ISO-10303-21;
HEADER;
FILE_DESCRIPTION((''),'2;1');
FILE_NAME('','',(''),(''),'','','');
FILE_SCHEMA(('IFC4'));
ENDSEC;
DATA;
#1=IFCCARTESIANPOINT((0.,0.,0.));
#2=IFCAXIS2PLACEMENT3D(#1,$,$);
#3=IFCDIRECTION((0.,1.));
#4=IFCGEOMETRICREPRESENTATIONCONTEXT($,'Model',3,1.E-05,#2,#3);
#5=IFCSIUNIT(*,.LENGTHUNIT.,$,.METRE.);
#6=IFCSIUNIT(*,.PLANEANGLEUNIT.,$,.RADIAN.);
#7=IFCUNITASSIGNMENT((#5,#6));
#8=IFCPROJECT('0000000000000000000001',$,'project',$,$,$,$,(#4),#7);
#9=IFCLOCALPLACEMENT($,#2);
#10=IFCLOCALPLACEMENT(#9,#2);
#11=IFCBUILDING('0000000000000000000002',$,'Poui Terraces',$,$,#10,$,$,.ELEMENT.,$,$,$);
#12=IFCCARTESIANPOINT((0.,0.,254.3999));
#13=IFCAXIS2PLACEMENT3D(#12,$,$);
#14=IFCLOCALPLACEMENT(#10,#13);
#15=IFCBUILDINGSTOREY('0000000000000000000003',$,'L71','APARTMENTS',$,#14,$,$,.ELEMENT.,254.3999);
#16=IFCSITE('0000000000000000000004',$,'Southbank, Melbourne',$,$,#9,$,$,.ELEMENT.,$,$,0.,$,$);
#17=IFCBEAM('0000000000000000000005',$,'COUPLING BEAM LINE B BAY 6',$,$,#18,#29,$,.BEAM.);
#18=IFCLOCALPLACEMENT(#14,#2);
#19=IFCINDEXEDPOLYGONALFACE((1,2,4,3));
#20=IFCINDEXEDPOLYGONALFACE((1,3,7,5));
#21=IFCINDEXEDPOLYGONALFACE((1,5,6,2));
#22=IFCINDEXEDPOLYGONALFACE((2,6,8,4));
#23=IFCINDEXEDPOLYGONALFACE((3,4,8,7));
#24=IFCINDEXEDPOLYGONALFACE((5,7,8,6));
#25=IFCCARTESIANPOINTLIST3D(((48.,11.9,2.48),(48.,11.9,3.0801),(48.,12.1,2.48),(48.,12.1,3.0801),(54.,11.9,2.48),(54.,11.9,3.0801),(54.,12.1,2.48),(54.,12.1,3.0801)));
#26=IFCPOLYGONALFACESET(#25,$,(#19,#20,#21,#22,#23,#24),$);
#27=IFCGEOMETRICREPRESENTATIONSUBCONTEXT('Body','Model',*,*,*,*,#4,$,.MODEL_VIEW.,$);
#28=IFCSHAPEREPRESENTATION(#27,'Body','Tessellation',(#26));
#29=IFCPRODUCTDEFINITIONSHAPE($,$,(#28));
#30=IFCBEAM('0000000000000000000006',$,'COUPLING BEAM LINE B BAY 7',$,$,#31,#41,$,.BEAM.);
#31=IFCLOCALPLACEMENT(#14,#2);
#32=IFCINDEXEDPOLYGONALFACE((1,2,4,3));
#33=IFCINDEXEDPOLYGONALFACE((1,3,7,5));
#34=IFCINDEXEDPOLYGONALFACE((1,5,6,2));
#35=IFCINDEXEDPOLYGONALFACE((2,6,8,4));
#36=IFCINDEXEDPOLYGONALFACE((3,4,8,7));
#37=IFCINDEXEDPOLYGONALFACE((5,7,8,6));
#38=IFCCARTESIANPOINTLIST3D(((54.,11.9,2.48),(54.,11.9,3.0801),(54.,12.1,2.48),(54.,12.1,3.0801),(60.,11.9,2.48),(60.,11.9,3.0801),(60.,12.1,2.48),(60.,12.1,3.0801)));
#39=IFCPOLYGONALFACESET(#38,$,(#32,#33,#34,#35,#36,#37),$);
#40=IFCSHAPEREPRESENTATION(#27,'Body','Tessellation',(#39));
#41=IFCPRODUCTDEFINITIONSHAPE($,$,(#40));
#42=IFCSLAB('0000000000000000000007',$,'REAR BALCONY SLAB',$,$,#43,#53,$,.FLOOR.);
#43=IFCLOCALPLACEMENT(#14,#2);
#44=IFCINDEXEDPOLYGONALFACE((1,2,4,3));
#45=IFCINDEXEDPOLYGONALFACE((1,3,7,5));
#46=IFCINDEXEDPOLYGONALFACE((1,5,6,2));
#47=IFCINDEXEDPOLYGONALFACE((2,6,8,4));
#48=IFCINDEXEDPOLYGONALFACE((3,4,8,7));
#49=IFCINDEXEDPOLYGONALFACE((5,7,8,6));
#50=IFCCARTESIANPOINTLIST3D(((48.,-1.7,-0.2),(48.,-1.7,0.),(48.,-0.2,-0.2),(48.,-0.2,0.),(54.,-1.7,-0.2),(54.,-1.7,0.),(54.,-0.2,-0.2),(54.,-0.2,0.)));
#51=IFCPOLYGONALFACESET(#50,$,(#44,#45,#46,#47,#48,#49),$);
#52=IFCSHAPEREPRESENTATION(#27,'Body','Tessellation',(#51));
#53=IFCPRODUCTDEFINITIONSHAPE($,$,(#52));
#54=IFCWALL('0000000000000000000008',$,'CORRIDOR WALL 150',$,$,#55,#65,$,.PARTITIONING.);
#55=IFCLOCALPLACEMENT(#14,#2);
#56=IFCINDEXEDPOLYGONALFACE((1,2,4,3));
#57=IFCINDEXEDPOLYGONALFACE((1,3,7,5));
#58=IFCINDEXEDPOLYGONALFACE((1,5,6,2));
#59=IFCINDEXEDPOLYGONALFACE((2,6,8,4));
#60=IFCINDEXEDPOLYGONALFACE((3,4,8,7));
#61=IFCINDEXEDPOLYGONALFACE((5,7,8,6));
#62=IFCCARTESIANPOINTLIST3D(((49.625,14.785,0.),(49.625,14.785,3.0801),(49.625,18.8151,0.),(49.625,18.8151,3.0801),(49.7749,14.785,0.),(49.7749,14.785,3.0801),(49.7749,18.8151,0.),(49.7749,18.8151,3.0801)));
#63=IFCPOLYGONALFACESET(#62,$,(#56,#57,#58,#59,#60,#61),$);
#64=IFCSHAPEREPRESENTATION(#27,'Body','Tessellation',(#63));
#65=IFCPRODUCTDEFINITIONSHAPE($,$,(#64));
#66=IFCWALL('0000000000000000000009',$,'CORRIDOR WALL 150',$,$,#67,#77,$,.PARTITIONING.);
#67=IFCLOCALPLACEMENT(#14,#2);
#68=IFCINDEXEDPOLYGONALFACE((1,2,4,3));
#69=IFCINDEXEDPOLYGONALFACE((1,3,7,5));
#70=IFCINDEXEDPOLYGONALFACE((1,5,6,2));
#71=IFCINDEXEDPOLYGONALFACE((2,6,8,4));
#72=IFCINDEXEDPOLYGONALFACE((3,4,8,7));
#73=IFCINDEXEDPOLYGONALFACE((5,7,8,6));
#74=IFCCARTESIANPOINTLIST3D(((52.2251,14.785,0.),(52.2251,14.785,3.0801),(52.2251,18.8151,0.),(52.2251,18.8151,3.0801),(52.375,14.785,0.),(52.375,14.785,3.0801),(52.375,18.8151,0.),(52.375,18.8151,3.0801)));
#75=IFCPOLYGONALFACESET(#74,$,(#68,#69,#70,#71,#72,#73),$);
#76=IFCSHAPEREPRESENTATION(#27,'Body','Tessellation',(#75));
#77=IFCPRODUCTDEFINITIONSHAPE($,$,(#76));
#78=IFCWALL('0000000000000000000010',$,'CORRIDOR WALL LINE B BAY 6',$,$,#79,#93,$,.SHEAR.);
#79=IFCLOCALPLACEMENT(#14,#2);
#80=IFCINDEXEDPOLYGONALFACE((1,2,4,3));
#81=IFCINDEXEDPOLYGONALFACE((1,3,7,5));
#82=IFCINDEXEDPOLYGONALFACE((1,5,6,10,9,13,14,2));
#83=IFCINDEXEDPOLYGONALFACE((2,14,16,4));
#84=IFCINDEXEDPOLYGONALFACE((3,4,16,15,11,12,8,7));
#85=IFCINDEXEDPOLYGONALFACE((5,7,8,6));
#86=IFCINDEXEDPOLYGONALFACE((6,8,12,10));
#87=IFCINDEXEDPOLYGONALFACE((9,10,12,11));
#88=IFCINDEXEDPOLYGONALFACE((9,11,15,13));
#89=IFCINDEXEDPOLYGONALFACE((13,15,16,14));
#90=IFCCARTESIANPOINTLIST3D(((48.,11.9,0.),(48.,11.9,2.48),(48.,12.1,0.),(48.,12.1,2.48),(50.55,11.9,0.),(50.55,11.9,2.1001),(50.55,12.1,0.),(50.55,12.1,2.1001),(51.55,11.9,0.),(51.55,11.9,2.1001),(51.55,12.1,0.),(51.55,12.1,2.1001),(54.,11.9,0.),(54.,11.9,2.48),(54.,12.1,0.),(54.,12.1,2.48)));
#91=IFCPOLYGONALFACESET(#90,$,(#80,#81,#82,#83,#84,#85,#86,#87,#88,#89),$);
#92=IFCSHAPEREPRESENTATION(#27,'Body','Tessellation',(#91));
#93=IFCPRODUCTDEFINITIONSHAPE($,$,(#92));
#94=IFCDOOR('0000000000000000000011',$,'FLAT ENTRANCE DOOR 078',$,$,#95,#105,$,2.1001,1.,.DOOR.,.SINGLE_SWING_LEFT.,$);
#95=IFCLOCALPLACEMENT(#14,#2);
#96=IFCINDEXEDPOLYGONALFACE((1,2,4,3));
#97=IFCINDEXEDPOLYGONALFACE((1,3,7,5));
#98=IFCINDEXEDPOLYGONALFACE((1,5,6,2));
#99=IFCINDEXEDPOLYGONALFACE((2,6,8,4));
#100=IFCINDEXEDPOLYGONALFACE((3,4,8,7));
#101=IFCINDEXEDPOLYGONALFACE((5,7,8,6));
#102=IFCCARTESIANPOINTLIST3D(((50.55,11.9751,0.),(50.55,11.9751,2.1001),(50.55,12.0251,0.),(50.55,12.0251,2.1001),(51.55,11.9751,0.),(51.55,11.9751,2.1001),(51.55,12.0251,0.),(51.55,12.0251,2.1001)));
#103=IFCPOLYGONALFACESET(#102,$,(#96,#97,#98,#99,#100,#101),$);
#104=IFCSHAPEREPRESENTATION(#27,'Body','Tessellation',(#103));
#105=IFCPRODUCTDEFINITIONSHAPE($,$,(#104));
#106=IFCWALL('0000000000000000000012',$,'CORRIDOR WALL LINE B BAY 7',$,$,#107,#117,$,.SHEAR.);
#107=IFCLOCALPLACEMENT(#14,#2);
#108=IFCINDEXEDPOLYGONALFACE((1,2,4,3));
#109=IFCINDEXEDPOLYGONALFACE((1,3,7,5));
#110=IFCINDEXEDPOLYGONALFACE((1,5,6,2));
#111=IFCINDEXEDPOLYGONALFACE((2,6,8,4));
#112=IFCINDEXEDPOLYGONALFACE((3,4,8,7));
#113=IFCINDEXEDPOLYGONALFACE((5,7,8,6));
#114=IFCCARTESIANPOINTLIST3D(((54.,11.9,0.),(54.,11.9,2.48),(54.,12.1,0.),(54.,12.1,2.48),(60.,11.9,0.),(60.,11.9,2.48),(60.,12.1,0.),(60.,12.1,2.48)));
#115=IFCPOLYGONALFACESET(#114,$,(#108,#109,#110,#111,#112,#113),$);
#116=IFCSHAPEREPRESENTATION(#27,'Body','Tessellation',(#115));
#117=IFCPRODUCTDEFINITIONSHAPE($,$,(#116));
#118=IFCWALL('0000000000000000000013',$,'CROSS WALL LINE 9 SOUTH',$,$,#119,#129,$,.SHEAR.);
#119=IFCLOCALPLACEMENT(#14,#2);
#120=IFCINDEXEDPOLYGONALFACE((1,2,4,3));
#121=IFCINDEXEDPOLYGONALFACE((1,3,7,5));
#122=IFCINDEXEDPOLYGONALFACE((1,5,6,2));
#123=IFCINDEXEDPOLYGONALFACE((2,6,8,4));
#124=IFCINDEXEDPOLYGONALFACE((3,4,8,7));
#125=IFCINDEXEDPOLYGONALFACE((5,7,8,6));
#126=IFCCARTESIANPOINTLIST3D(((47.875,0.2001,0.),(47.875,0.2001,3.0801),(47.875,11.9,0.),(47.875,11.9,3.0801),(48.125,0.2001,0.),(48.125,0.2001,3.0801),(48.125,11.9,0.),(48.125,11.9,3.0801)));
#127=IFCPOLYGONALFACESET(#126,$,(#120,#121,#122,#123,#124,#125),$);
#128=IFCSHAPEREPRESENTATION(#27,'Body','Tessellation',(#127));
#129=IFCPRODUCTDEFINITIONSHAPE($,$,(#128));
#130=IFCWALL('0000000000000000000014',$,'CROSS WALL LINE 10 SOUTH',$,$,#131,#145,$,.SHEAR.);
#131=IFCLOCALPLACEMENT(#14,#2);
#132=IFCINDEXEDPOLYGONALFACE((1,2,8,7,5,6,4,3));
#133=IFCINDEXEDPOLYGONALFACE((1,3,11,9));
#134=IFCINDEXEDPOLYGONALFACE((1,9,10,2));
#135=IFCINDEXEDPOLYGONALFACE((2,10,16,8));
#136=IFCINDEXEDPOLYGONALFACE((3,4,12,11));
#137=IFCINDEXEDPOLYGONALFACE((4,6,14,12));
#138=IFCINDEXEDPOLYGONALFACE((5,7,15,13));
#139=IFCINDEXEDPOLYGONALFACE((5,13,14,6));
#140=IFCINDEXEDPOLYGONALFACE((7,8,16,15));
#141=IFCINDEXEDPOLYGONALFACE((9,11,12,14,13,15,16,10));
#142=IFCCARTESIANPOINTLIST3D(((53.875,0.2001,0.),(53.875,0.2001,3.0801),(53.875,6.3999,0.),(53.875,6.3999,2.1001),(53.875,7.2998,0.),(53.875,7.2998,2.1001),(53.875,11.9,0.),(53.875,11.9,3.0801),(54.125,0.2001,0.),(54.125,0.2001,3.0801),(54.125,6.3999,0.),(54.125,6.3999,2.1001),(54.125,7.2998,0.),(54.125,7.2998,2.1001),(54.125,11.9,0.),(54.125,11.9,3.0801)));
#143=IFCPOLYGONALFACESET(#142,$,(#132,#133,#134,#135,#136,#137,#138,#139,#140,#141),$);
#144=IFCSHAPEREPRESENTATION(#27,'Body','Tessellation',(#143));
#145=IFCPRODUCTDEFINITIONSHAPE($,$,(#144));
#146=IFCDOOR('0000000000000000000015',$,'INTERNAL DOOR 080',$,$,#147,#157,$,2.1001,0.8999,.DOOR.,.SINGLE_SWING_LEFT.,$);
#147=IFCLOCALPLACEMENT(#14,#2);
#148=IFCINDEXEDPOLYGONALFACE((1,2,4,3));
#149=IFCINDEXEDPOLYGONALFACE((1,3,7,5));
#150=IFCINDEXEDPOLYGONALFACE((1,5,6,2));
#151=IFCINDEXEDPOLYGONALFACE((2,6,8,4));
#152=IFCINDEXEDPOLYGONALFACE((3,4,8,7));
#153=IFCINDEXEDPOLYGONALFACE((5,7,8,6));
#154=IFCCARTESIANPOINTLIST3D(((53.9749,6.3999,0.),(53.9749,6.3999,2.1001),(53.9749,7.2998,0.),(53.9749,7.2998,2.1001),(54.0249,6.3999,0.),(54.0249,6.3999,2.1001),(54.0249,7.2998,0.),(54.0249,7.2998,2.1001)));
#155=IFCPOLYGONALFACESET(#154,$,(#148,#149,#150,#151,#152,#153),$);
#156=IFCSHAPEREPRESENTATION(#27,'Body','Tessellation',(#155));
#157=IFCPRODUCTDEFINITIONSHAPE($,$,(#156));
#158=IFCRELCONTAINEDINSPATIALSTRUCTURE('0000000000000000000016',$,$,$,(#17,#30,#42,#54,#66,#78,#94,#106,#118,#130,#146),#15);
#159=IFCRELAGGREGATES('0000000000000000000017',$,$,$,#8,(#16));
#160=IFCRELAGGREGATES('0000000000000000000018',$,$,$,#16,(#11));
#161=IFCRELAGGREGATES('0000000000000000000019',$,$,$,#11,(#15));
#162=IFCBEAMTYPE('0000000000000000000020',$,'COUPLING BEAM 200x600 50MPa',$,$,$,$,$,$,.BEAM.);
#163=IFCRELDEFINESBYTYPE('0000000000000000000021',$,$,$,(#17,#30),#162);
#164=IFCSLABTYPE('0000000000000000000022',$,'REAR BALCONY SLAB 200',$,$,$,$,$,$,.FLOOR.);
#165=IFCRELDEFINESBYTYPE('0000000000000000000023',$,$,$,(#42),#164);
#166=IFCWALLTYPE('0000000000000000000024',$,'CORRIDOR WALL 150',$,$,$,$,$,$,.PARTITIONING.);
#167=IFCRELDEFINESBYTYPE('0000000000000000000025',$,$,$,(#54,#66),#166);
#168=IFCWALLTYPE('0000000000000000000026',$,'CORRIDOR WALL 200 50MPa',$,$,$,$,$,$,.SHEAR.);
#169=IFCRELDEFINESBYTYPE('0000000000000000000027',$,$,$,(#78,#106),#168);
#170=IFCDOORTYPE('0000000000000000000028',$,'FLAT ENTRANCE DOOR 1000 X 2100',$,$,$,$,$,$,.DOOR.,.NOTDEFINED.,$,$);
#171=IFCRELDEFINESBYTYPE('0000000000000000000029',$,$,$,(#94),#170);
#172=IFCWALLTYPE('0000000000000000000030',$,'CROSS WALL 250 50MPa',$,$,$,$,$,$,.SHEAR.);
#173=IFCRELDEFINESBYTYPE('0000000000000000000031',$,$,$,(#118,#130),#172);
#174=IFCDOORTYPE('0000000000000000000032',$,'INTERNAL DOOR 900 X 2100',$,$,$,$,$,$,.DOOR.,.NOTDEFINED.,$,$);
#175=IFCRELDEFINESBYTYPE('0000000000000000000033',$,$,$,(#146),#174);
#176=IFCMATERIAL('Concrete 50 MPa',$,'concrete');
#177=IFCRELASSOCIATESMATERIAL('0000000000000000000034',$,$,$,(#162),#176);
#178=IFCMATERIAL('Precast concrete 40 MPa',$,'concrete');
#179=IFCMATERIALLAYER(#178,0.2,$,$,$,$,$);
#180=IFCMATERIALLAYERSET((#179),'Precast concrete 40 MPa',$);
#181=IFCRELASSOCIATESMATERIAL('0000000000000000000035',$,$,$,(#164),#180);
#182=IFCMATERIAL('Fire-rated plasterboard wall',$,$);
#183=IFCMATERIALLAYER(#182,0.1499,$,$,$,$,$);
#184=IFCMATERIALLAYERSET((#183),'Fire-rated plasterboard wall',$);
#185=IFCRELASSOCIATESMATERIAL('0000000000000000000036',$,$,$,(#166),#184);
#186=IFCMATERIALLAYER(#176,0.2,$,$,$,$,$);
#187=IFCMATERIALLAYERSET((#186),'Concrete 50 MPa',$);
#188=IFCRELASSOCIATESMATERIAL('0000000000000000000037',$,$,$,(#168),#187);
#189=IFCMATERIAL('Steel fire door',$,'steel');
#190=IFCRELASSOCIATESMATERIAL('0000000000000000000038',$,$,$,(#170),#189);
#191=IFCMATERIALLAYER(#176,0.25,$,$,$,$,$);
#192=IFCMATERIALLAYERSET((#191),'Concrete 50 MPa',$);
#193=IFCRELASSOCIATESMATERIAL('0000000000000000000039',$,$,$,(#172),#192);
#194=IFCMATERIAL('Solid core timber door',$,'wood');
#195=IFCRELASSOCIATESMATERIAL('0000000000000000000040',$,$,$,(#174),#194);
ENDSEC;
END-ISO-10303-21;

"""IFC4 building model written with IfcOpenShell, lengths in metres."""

from ifc_helpers import new_model, si_unit, direction, frame, frame_2d, origin, origin_2d, place, context, subcontext, project, spatial, polyline, rectangle, outline, extrude, source, transform, mapped, material, layer, layer_set, material_profile, profile_set, type_object, element, fill, save


model = new_model("IFC4")

# Units and contexts
model_context = context("Model", 3, precision=1e-05, world=origin(), true_north=direction((0.0, 1.0)))
body_context = subcontext(model_context, "Body", "Model", "MODEL_VIEW")
ifc_project = project(units=[si_unit("LENGTHUNIT", "METRE"), si_unit("PLANEANGLEUNIT", "RADIAN")], contexts=[model_context])

# Site, building, storey
site_placement = place(None, origin())
site = spatial("IfcSite", under=ifc_project, at=site_placement, Name="Southbank, Melbourne", CompositionType="ELEMENT", RefElevation=0.0)
building_placement = place(site_placement, origin())
building = spatial("IfcBuilding", under=site, at=building_placement, Name="Poui Terraces", CompositionType="ELEMENT")
storey_placement = place(building_placement, frame((0.0, 0.0, 254.3999)))
storey = spatial("IfcBuildingStorey", under=building, at=storey_placement, Name="L71", Description="APARTMENTS", CompositionType="ELEMENT", Elevation=254.3999)

# Beams
ifc_material_1 = material(Name="Concrete 50 MPa", Category="concrete")
ifc_material_profile_1 = material_profile(ifc_material_1, rectangle(XDim=0.2, YDim=0.6001, at=origin_2d()), Name="RC 200x600")
ifc_profile_set_1 = profile_set([ifc_material_profile_1], Name="Concrete 50 MPa")
beam_type = type_object("IfcBeamType", Name="COUPLING BEAM 200x600 50MPa", PredefinedType="BEAM", material=ifc_profile_set_1)
shared_shape_1 = source(origin(), body_context, "Body", "SweptSolid", [
    extrude(rectangle(XDim=0.2, YDim=0.6001, at=origin_2d()), origin(), (0.0, 0.0, 1.0), 6.0),
])
for number, where, z_axis, x_axis, name in (
    (1, (48.0, 12.0, 2.78), (1.0, 0.0, 0.0), (0.0, 1.0, 0.0), "COUPLING BEAM LINE B BAY 6"),
    (2, (54.0, 12.0, 2.78), (1.0, 0.0, 0.0), (0.0, 1.0, 0.0), "COUPLING BEAM LINE B BAY 7"),
):
    element("IfcBeam", number, at=place(storey_placement, frame(where, z_axis=z_axis, x_axis=x_axis)), inside=storey, type_object=beam_type, Name=name, PredefinedType="BEAM", context=body_context, shape_type="MappedRepresentation", body=[
        mapped(shared_shape_1, transform((0.0, 0.0, 0.0))),
    ])

# Slab
ifc_material_2 = material(Name="Precast concrete 40 MPa", Category="concrete")
ifc_layer_1 = layer(ifc_material_2, 0.2)
ifc_layer_set_1 = layer_set([ifc_layer_1], Name="Precast concrete 40 MPa")
slab_type = type_object("IfcSlabType", Name="REAR BALCONY SLAB 200", PredefinedType="FLOOR", material=ifc_layer_set_1)
shared_shape_2 = source(origin(), body_context, "Body", "SweptSolid", [
    extrude(outline(polyline([(0.0, 0.0), (6.0, 0.0), (6.0, 1.5), (0.0, 1.5), (0.0, 0.0)])), origin(), (0.0, 0.0, 1.0), 0.2),
])
slab_placement = place(storey_placement, frame((48.0, -1.7, -0.2)))
element("IfcSlab", 3, at=slab_placement, inside=storey, type_object=slab_type, Name="REAR BALCONY SLAB", PredefinedType="FLOOR", context=body_context, shape_type="MappedRepresentation", body=[
    mapped(shared_shape_2, transform((0.0, 0.0, 0.0))),
])

# Walls
ifc_material_3 = material(Name="Fire-rated plasterboard wall")
ifc_layer_2 = layer(ifc_material_3, 0.1499)
ifc_layer_set_2 = layer_set([ifc_layer_2], Name="Fire-rated plasterboard wall")
wall_type_1 = type_object("IfcWallType", Name="CORRIDOR WALL 150", PredefinedType="PARTITIONING", material=ifc_layer_set_2)
for number, where, z_axis, x_axis, name in (
    (4, (49.7, 14.7849, 0.0), (0.0, 0.0, 1.0), (0.0, 1.0, 0.0), "CORRIDOR WALL 150"),
    (5, (52.3, 14.7849, 0.0), (0.0, 0.0, 1.0), (0.0, 1.0, 0.0), "CORRIDOR WALL 150"),
):
    element("IfcWall", number, at=place(storey_placement, frame(where, z_axis=z_axis, x_axis=x_axis)), inside=storey, type_object=wall_type_1, Name=name, PredefinedType="PARTITIONING", context=body_context, shape_type="SweptSolid", body=[
        extrude(rectangle(XDim=4.03, YDim=0.1499, at=frame_2d((2.0151, 0.0))), origin(), (0.0, 0.0, 1.0), 3.0801),
    ])

# Wall, opening, door
ifc_layer_3 = layer(ifc_material_1, 0.2)
ifc_layer_set_3 = layer_set([ifc_layer_3], Name="Concrete 50 MPa")
wall_type_2 = type_object("IfcWallType", Name="CORRIDOR WALL 200 50MPa", PredefinedType="SHEAR", material=ifc_layer_set_3)
wall_1_placement = place(storey_placement, frame((48.0, 12.0, 0.0), z_axis=(0.0, 0.0, 1.0), x_axis=(1.0, 0.0, 0.0)))
wall_1 = element("IfcWall", 6, at=wall_1_placement, inside=storey, type_object=wall_type_2, Name="CORRIDOR WALL LINE B BAY 6", PredefinedType="SHEAR", context=body_context, shape_type="SweptSolid", body=[
    extrude(rectangle(XDim=6.0, YDim=0.2, at=frame_2d((3.0, 0.0))), origin(), (0.0, 0.0, 1.0), 2.48),
])
opening_1_placement = place(wall_1_placement, frame((2.55, 0.0, 0.0)))
opening_1 = element("IfcOpeningElement", 7, at=opening_1_placement, cuts=wall_1, PredefinedType="OPENING", context=body_context, shape_type="SweptSolid", body=[
    extrude(rectangle(XDim=1.0, YDim=2.1001, at=frame_2d((0.5, 1.05))), frame((0.0, 0.1099, 0.0), z_axis=(0.0, -1.0, 0.0), x_axis=(1.0, 0.0, 0.0)), (0.0, 0.0, 1.0), 0.22),
])
ifc_material_4 = material(Name="Steel fire door", Category="steel")
door_type_1 = type_object("IfcDoorType", Name="FLAT ENTRANCE DOOR 1000 X 2100", OperationType="NOTDEFINED", PredefinedType="DOOR", material=ifc_material_4)
door_1_placement = place(opening_1_placement, frame((1.0, 0.0, 0.0), z_axis=(0.0, 0.0, 1.0), x_axis=(-1.0, 0.0, 0.0)))
door_1 = element("IfcDoor", 8, at=door_1_placement, inside=storey, type_object=door_type_1, Name="FLAT ENTRANCE DOOR 078", OperationType="SINGLE_SWING_LEFT", OverallHeight=2.1001, OverallWidth=1.0, PredefinedType="DOOR", context=body_context, shape_type="SweptSolid", body=[
    extrude(rectangle(XDim=1.0, YDim=2.1001, at=frame_2d((0.5, 1.05))), frame((0.0, 0.0249, 0.0), z_axis=(0.0, -1.0, 0.0), x_axis=(1.0, 0.0, 0.0)), (0.0, 0.0, 1.0), 0.05),
])
fill(opening_1, door_1)

# Walls
wall_2_placement = place(storey_placement, frame((54.0, 12.0, 0.0), z_axis=(0.0, 0.0, 1.0), x_axis=(1.0, 0.0, 0.0)))
element("IfcWall", 9, at=wall_2_placement, inside=storey, type_object=wall_type_2, Name="CORRIDOR WALL LINE B BAY 7", PredefinedType="SHEAR", context=body_context, shape_type="SweptSolid", body=[
    extrude(rectangle(XDim=6.0, YDim=0.2, at=frame_2d((3.0, 0.0))), origin(), (0.0, 0.0, 1.0), 2.48),
])
ifc_layer_4 = layer(ifc_material_1, 0.25)
ifc_layer_set_4 = layer_set([ifc_layer_4], Name="Concrete 50 MPa")
wall_type_3 = type_object("IfcWallType", Name="CROSS WALL 250 50MPa", PredefinedType="SHEAR", material=ifc_layer_set_4)
wall_3_placement = place(storey_placement, frame((48.0, 0.2, 0.0), z_axis=(0.0, 0.0, 1.0), x_axis=(0.0, 1.0, 0.0)))
element("IfcWall", 10, at=wall_3_placement, inside=storey, type_object=wall_type_3, Name="CROSS WALL LINE 9 SOUTH", PredefinedType="SHEAR", context=body_context, shape_type="SweptSolid", body=[
    extrude(rectangle(XDim=11.7, YDim=0.25, at=frame_2d((5.8501, 0.0))), origin(), (0.0, 0.0, 1.0), 3.0801),
])

# Wall, opening, door
wall_4_placement = place(storey_placement, frame((54.0, 0.2, 0.0), z_axis=(0.0, 0.0, 1.0), x_axis=(0.0, 1.0, 0.0)))
wall_4 = element("IfcWall", 11, at=wall_4_placement, inside=storey, type_object=wall_type_3, Name="CROSS WALL LINE 10 SOUTH", PredefinedType="SHEAR", context=body_context, shape_type="SweptSolid", body=[
    extrude(rectangle(XDim=11.7, YDim=0.25, at=frame_2d((5.8501, 0.0))), origin(), (0.0, 0.0, 1.0), 3.0801),
])
opening_2_placement = place(wall_4_placement, frame((6.2, 0.0, 0.0)))
opening_2 = element("IfcOpeningElement", 12, at=opening_2_placement, cuts=wall_4, PredefinedType="OPENING", context=body_context, shape_type="SweptSolid", body=[
    extrude(rectangle(XDim=0.8999, YDim=2.1001, at=frame_2d((0.45, 1.05))), frame((0.0, 0.135, 0.0), z_axis=(0.0, -1.0, 0.0), x_axis=(1.0, 0.0, 0.0)), (0.0, 0.0, 1.0), 0.27),
])
ifc_material_5 = material(Name="Solid core timber door", Category="wood")
door_type_2 = type_object("IfcDoorType", Name="INTERNAL DOOR 900 X 2100", OperationType="NOTDEFINED", PredefinedType="DOOR", material=ifc_material_5)
door_2_placement = place(opening_2_placement, frame((0.8999, 0.0, 0.0), z_axis=(0.0, 0.0, 1.0), x_axis=(-1.0, 0.0, 0.0)))
door_2 = element("IfcDoor", 13, at=door_2_placement, inside=storey, type_object=door_type_2, Name="INTERNAL DOOR 080", OperationType="SINGLE_SWING_LEFT", OverallHeight=2.1001, OverallWidth=0.8999, PredefinedType="DOOR", context=body_context, shape_type="SweptSolid", body=[
    extrude(rectangle(XDim=0.8999, YDim=2.1001, at=frame_2d((0.45, 1.05))), frame((0.0, 0.0249, 0.0), z_axis=(0.0, -1.0, 0.0), x_axis=(1.0, 0.0, 0.0)), (0.0, 0.0, 1.0), 0.05),
])
fill(opening_2, door_2)

save(model, "model.ifc")
